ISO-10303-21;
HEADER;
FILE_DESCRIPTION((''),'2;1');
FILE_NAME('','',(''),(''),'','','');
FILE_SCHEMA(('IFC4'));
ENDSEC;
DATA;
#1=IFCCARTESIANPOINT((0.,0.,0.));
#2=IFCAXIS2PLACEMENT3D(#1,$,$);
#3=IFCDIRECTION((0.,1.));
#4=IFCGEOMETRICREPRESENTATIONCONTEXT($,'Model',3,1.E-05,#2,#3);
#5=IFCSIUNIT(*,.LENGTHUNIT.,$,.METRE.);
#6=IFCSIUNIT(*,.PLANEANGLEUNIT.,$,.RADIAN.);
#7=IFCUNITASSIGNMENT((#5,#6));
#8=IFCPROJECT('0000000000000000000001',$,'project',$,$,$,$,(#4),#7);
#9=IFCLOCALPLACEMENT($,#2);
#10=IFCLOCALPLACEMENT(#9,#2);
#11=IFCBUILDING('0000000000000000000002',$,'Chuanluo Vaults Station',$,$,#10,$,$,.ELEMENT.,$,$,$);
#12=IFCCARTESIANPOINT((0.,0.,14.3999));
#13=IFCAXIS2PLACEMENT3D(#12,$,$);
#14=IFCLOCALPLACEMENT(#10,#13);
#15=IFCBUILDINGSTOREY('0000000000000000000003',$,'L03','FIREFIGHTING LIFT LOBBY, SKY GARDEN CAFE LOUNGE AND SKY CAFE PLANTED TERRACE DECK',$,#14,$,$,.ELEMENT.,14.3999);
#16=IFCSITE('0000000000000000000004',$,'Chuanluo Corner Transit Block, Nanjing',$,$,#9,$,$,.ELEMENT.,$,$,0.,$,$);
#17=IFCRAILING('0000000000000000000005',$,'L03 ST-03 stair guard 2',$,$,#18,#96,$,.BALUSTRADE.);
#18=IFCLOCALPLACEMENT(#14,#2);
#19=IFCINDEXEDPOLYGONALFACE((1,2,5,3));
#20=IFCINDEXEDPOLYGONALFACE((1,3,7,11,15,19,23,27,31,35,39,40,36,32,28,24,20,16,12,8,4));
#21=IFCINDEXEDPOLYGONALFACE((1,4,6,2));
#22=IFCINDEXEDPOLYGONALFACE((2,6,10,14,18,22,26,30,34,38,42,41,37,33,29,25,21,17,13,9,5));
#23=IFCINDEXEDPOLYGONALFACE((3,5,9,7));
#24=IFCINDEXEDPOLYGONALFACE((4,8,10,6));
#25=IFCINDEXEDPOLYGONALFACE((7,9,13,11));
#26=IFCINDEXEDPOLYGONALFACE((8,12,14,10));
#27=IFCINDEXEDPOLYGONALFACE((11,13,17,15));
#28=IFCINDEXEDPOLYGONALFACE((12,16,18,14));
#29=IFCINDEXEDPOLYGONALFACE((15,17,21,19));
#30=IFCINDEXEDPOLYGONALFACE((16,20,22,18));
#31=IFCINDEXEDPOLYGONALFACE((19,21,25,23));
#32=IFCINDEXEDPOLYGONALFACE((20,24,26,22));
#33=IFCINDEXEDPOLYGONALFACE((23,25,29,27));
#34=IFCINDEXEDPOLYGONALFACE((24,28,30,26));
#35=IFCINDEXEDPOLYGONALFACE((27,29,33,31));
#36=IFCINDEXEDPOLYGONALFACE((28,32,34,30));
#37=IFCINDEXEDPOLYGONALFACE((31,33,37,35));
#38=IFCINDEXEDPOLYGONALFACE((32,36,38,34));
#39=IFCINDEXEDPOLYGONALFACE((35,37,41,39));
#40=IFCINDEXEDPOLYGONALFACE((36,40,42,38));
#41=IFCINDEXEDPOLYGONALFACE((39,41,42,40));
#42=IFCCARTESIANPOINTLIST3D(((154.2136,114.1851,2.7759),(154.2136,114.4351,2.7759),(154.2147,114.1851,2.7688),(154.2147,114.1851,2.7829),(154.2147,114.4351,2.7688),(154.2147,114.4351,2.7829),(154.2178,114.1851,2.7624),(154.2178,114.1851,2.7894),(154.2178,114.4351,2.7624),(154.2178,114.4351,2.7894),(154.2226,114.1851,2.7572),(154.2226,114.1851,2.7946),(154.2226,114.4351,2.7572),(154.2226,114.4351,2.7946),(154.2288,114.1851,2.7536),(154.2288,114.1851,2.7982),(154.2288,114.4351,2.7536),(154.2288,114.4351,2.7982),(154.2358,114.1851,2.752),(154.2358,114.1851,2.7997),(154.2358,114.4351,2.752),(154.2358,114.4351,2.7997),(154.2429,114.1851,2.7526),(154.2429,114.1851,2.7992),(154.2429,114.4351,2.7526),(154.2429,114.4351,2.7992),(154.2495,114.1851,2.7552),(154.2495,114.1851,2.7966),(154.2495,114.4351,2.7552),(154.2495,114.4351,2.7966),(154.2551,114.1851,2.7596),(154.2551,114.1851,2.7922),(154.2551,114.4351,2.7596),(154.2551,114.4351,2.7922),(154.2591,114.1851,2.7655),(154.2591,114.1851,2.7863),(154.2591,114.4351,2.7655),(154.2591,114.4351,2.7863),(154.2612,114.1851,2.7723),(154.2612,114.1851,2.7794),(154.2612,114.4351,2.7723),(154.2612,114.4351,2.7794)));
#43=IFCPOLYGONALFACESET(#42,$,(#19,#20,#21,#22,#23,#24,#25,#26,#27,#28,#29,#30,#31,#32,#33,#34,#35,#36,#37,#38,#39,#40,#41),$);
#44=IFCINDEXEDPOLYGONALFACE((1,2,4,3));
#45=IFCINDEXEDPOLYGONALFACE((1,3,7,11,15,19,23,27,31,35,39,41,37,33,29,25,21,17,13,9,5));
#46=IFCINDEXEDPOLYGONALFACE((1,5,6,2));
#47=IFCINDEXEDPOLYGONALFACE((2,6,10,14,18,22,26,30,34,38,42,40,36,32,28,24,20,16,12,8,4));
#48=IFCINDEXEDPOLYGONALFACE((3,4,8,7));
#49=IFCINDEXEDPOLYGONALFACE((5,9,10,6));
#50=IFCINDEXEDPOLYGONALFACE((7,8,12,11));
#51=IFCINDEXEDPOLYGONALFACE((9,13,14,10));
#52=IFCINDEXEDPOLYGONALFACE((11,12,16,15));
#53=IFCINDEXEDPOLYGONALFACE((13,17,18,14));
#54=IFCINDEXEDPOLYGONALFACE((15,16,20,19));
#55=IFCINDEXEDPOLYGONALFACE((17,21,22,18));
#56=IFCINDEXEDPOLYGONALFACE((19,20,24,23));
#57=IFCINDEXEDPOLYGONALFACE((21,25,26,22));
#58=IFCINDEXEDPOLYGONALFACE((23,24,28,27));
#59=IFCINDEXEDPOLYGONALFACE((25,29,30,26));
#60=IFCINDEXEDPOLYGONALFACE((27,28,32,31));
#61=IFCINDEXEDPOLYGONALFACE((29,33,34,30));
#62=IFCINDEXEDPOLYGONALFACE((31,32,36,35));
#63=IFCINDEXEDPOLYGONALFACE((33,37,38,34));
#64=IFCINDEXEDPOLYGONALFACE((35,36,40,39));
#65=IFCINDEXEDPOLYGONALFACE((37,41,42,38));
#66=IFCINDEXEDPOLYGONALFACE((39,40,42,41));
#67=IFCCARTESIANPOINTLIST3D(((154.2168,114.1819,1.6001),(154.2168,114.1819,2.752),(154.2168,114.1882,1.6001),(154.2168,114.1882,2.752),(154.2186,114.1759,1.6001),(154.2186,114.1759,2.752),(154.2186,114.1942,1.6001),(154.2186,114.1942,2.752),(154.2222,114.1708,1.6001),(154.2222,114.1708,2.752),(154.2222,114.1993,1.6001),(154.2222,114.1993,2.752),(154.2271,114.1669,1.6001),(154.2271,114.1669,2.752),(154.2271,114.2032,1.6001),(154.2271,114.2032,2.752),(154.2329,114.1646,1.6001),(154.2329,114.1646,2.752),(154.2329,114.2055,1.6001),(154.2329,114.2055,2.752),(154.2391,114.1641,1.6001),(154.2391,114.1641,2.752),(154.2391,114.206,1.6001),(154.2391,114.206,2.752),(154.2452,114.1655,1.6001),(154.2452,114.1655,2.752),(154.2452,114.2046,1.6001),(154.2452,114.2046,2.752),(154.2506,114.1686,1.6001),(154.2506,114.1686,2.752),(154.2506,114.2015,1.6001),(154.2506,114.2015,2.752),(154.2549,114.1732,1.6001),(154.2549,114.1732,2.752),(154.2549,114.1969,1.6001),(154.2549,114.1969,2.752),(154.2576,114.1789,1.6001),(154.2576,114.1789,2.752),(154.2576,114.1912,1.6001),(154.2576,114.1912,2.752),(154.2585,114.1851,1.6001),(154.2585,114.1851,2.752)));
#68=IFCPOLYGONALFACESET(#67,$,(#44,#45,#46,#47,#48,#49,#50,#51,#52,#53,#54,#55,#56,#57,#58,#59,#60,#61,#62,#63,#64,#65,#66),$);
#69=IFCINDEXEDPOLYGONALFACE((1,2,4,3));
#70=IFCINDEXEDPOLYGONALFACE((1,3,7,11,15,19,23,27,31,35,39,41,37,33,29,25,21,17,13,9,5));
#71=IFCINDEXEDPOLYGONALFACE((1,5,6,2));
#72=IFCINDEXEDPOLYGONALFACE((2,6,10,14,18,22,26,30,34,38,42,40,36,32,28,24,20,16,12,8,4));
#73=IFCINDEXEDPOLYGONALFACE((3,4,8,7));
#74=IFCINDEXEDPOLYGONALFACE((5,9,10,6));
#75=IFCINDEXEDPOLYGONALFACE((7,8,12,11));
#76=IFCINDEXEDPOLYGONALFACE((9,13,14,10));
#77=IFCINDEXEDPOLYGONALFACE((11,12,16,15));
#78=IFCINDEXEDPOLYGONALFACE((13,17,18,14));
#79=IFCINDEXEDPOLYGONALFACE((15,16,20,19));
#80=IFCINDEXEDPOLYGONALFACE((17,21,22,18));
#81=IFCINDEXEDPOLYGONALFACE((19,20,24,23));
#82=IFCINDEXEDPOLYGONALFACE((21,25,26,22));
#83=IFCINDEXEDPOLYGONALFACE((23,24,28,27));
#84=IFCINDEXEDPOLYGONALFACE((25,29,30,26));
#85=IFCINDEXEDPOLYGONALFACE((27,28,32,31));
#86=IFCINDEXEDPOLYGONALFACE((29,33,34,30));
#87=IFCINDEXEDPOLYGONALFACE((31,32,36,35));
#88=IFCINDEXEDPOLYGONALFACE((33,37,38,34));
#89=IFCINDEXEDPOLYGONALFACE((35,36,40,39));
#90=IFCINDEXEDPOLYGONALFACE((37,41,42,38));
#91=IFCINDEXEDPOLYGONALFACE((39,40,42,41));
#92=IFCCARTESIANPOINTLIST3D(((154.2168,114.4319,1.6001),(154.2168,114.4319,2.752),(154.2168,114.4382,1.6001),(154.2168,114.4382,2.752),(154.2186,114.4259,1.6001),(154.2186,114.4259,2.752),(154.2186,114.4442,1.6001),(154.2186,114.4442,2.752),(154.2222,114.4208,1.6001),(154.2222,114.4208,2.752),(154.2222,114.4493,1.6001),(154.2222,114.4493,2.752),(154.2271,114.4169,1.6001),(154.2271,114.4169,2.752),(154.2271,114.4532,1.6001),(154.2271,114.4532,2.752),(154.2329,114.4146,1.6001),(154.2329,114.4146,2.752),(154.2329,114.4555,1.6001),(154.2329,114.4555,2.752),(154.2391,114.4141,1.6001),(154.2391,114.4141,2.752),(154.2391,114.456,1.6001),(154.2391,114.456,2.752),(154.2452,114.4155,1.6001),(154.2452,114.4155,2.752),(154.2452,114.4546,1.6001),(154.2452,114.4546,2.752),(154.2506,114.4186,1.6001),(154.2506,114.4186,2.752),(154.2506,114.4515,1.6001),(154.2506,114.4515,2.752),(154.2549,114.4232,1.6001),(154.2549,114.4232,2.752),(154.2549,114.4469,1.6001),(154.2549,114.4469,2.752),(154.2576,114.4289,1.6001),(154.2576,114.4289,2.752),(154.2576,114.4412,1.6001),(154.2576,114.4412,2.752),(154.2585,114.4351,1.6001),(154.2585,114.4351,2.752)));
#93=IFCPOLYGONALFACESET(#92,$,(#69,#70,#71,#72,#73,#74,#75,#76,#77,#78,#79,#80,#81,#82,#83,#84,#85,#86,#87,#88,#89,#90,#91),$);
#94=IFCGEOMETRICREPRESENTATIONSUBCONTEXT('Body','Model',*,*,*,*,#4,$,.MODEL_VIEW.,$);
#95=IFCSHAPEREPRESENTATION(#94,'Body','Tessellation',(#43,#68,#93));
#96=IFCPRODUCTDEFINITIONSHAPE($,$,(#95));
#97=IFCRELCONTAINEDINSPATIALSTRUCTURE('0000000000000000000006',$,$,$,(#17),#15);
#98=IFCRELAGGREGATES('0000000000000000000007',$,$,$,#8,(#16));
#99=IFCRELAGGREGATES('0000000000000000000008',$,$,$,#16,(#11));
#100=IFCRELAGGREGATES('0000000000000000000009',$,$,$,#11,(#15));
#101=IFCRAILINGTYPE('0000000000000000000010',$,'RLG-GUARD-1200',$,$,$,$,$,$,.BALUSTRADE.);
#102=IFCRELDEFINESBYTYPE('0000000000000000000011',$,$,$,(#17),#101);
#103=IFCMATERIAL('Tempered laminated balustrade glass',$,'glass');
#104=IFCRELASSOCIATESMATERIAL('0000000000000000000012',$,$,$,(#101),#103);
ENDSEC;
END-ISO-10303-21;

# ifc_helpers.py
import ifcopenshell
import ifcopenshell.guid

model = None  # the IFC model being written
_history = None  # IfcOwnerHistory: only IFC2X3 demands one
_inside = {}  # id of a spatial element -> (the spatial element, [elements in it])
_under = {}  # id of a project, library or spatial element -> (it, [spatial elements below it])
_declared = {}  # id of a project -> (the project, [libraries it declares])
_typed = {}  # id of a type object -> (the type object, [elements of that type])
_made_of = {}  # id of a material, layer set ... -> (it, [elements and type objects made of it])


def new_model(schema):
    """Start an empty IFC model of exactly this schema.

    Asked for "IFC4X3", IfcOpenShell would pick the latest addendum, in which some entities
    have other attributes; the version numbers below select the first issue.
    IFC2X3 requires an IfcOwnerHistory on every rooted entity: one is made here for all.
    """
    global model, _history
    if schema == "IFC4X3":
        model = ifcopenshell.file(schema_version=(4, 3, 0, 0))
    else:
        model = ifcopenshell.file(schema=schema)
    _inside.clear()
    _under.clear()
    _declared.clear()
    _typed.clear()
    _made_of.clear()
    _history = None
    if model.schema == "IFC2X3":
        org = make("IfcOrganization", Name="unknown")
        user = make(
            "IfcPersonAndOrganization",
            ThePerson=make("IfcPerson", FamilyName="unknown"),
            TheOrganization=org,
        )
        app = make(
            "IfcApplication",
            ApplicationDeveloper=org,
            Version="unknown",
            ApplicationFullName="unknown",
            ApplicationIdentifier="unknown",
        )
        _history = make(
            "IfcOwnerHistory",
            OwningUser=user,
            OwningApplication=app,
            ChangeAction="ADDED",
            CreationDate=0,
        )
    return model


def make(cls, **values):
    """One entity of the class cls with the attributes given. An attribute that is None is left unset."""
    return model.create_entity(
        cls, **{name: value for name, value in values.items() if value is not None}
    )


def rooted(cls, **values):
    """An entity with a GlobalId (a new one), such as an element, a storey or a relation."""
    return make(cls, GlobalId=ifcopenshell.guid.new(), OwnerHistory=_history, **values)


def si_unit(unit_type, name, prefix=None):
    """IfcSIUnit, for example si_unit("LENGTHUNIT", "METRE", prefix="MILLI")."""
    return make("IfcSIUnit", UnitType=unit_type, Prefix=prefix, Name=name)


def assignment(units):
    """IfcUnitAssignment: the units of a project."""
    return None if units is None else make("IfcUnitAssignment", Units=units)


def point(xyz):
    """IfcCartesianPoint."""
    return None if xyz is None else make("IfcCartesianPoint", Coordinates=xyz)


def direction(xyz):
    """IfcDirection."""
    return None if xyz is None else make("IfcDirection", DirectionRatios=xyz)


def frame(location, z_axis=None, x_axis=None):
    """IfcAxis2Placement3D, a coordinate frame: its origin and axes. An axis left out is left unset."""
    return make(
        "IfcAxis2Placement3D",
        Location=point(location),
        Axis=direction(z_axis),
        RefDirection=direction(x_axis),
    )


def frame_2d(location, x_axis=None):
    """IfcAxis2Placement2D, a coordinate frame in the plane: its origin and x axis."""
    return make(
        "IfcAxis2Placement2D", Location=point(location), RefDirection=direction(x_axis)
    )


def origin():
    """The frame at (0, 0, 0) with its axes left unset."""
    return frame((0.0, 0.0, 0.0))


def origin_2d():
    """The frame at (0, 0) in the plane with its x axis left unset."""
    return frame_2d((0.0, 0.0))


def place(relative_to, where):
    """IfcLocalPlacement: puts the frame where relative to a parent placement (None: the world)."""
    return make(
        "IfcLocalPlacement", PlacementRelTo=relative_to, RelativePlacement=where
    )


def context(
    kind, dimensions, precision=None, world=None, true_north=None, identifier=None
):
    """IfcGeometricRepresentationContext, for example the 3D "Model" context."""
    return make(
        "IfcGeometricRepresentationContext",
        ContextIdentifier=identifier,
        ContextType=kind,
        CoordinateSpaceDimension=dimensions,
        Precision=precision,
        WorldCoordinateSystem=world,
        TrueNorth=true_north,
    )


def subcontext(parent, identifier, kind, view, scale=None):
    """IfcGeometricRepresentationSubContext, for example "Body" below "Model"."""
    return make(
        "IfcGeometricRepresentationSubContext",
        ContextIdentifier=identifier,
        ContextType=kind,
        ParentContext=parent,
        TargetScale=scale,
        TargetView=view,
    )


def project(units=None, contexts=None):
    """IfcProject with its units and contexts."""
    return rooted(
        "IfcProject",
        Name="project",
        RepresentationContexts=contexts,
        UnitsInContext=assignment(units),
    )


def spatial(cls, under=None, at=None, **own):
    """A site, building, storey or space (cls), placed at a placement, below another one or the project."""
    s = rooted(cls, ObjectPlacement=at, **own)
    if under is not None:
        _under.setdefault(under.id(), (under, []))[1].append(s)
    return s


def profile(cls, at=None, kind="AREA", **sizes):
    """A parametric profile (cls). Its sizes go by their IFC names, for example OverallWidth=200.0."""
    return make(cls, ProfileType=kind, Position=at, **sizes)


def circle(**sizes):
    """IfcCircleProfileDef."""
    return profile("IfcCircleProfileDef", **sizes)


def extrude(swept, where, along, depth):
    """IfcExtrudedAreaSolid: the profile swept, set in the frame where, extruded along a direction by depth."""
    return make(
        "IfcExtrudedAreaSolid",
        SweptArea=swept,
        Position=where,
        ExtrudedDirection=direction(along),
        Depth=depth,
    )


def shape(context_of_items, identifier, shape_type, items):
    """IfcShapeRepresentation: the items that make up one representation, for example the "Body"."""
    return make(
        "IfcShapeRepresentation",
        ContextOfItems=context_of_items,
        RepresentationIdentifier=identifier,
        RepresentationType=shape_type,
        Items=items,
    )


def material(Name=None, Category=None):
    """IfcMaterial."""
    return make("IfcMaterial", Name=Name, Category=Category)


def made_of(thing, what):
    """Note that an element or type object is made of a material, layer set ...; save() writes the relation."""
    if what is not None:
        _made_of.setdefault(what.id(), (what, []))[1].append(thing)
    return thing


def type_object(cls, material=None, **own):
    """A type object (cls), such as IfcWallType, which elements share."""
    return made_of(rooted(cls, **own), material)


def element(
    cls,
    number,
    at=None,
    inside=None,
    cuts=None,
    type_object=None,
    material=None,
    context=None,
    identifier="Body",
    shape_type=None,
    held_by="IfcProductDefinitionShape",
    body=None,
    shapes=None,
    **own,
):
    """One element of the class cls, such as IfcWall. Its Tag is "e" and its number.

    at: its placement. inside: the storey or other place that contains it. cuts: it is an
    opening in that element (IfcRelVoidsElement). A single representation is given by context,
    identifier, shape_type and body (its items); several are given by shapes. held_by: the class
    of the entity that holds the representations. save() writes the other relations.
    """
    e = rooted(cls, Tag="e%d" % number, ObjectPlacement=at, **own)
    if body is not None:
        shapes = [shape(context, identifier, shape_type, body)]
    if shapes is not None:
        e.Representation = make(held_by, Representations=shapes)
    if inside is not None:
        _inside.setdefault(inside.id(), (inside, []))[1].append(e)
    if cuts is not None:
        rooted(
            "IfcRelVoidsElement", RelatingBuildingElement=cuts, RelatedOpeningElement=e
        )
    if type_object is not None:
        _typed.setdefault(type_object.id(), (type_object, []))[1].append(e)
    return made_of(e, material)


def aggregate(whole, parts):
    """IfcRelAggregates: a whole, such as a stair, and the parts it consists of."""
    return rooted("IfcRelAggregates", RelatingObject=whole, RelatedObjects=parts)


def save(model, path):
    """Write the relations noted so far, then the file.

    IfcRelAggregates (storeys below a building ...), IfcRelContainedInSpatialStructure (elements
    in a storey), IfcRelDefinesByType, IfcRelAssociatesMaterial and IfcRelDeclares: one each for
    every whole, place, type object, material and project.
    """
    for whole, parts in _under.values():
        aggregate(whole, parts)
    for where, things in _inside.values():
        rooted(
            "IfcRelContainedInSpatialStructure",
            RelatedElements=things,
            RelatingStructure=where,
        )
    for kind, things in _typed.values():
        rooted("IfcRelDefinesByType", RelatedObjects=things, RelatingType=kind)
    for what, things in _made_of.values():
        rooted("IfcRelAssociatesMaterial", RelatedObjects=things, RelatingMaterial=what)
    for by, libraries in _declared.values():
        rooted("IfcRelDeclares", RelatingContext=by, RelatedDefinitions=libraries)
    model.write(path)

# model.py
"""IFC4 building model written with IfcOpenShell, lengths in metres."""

from ifc_helpers import new_model, si_unit, direction, frame, origin, origin_2d, place, context, subcontext, project, spatial, circle, extrude, material, type_object, element, save


model = new_model("IFC4")

# Units and contexts
model_context = context("Model", 3, precision=1e-05, world=origin(), true_north=direction((0.0, 1.0)))
body_context = subcontext(model_context, "Body", "Model", "MODEL_VIEW")
ifc_project = project(units=[si_unit("LENGTHUNIT", "METRE"), si_unit("PLANEANGLEUNIT", "RADIAN")], contexts=[model_context])

# Site, building, storey
site_placement = place(None, origin())
site = spatial("IfcSite", under=ifc_project, at=site_placement, Name="Chuanluo Corner Transit Block, Nanjing", CompositionType="ELEMENT", RefElevation=0.0)
building_placement = place(site_placement, origin())
building = spatial("IfcBuilding", under=site, at=building_placement, Name="Chuanluo Vaults Station", CompositionType="ELEMENT")
storey_placement = place(building_placement, frame((0.0, 0.0, 14.3999)))
storey = spatial("IfcBuildingStorey", under=building, at=storey_placement, Name="L03", Description="FIREFIGHTING LIFT LOBBY, SKY GARDEN CAFE LOUNGE AND SKY CAFE PLANTED TERRACE DECK", CompositionType="ELEMENT", Elevation=14.3999)

# Railing
ifc_material_1 = material(Name="Tempered laminated balustrade glass", Category="glass")
railing_type_1 = type_object("IfcRailingType", Name="RLG-GUARD-1200", PredefinedType="BALUSTRADE", material=ifc_material_1)
railing_1_placement = place(storey_placement, frame((154.2375, 114.1851, 1.6001)))
element("IfcRailing", 1, at=railing_1_placement, inside=storey, type_object=railing_type_1, Name="L03 ST-03 stair guard 2", PredefinedType="BALUSTRADE", context=body_context, shape_type="SweptSolid", body=[
    extrude(circle(Radius=0.0239, at=origin_2d()), frame((0.0, 0.0, 1.1758), z_axis=(0.0, 1.0, 0.0), x_axis=(-1.0, 0.0, 0.0)), (0.0, 0.0, 1.0), 0.25),
    extrude(circle(Radius=0.021, at=origin_2d()), origin(), (0.0, 0.0, 1.0), 1.1519),
    extrude(circle(Radius=0.021, at=origin_2d()), frame((0.0, 0.25, 0.0)), (0.0, 0.0, 1.0), 1.1519),
])

save(model, "model.ifc")
